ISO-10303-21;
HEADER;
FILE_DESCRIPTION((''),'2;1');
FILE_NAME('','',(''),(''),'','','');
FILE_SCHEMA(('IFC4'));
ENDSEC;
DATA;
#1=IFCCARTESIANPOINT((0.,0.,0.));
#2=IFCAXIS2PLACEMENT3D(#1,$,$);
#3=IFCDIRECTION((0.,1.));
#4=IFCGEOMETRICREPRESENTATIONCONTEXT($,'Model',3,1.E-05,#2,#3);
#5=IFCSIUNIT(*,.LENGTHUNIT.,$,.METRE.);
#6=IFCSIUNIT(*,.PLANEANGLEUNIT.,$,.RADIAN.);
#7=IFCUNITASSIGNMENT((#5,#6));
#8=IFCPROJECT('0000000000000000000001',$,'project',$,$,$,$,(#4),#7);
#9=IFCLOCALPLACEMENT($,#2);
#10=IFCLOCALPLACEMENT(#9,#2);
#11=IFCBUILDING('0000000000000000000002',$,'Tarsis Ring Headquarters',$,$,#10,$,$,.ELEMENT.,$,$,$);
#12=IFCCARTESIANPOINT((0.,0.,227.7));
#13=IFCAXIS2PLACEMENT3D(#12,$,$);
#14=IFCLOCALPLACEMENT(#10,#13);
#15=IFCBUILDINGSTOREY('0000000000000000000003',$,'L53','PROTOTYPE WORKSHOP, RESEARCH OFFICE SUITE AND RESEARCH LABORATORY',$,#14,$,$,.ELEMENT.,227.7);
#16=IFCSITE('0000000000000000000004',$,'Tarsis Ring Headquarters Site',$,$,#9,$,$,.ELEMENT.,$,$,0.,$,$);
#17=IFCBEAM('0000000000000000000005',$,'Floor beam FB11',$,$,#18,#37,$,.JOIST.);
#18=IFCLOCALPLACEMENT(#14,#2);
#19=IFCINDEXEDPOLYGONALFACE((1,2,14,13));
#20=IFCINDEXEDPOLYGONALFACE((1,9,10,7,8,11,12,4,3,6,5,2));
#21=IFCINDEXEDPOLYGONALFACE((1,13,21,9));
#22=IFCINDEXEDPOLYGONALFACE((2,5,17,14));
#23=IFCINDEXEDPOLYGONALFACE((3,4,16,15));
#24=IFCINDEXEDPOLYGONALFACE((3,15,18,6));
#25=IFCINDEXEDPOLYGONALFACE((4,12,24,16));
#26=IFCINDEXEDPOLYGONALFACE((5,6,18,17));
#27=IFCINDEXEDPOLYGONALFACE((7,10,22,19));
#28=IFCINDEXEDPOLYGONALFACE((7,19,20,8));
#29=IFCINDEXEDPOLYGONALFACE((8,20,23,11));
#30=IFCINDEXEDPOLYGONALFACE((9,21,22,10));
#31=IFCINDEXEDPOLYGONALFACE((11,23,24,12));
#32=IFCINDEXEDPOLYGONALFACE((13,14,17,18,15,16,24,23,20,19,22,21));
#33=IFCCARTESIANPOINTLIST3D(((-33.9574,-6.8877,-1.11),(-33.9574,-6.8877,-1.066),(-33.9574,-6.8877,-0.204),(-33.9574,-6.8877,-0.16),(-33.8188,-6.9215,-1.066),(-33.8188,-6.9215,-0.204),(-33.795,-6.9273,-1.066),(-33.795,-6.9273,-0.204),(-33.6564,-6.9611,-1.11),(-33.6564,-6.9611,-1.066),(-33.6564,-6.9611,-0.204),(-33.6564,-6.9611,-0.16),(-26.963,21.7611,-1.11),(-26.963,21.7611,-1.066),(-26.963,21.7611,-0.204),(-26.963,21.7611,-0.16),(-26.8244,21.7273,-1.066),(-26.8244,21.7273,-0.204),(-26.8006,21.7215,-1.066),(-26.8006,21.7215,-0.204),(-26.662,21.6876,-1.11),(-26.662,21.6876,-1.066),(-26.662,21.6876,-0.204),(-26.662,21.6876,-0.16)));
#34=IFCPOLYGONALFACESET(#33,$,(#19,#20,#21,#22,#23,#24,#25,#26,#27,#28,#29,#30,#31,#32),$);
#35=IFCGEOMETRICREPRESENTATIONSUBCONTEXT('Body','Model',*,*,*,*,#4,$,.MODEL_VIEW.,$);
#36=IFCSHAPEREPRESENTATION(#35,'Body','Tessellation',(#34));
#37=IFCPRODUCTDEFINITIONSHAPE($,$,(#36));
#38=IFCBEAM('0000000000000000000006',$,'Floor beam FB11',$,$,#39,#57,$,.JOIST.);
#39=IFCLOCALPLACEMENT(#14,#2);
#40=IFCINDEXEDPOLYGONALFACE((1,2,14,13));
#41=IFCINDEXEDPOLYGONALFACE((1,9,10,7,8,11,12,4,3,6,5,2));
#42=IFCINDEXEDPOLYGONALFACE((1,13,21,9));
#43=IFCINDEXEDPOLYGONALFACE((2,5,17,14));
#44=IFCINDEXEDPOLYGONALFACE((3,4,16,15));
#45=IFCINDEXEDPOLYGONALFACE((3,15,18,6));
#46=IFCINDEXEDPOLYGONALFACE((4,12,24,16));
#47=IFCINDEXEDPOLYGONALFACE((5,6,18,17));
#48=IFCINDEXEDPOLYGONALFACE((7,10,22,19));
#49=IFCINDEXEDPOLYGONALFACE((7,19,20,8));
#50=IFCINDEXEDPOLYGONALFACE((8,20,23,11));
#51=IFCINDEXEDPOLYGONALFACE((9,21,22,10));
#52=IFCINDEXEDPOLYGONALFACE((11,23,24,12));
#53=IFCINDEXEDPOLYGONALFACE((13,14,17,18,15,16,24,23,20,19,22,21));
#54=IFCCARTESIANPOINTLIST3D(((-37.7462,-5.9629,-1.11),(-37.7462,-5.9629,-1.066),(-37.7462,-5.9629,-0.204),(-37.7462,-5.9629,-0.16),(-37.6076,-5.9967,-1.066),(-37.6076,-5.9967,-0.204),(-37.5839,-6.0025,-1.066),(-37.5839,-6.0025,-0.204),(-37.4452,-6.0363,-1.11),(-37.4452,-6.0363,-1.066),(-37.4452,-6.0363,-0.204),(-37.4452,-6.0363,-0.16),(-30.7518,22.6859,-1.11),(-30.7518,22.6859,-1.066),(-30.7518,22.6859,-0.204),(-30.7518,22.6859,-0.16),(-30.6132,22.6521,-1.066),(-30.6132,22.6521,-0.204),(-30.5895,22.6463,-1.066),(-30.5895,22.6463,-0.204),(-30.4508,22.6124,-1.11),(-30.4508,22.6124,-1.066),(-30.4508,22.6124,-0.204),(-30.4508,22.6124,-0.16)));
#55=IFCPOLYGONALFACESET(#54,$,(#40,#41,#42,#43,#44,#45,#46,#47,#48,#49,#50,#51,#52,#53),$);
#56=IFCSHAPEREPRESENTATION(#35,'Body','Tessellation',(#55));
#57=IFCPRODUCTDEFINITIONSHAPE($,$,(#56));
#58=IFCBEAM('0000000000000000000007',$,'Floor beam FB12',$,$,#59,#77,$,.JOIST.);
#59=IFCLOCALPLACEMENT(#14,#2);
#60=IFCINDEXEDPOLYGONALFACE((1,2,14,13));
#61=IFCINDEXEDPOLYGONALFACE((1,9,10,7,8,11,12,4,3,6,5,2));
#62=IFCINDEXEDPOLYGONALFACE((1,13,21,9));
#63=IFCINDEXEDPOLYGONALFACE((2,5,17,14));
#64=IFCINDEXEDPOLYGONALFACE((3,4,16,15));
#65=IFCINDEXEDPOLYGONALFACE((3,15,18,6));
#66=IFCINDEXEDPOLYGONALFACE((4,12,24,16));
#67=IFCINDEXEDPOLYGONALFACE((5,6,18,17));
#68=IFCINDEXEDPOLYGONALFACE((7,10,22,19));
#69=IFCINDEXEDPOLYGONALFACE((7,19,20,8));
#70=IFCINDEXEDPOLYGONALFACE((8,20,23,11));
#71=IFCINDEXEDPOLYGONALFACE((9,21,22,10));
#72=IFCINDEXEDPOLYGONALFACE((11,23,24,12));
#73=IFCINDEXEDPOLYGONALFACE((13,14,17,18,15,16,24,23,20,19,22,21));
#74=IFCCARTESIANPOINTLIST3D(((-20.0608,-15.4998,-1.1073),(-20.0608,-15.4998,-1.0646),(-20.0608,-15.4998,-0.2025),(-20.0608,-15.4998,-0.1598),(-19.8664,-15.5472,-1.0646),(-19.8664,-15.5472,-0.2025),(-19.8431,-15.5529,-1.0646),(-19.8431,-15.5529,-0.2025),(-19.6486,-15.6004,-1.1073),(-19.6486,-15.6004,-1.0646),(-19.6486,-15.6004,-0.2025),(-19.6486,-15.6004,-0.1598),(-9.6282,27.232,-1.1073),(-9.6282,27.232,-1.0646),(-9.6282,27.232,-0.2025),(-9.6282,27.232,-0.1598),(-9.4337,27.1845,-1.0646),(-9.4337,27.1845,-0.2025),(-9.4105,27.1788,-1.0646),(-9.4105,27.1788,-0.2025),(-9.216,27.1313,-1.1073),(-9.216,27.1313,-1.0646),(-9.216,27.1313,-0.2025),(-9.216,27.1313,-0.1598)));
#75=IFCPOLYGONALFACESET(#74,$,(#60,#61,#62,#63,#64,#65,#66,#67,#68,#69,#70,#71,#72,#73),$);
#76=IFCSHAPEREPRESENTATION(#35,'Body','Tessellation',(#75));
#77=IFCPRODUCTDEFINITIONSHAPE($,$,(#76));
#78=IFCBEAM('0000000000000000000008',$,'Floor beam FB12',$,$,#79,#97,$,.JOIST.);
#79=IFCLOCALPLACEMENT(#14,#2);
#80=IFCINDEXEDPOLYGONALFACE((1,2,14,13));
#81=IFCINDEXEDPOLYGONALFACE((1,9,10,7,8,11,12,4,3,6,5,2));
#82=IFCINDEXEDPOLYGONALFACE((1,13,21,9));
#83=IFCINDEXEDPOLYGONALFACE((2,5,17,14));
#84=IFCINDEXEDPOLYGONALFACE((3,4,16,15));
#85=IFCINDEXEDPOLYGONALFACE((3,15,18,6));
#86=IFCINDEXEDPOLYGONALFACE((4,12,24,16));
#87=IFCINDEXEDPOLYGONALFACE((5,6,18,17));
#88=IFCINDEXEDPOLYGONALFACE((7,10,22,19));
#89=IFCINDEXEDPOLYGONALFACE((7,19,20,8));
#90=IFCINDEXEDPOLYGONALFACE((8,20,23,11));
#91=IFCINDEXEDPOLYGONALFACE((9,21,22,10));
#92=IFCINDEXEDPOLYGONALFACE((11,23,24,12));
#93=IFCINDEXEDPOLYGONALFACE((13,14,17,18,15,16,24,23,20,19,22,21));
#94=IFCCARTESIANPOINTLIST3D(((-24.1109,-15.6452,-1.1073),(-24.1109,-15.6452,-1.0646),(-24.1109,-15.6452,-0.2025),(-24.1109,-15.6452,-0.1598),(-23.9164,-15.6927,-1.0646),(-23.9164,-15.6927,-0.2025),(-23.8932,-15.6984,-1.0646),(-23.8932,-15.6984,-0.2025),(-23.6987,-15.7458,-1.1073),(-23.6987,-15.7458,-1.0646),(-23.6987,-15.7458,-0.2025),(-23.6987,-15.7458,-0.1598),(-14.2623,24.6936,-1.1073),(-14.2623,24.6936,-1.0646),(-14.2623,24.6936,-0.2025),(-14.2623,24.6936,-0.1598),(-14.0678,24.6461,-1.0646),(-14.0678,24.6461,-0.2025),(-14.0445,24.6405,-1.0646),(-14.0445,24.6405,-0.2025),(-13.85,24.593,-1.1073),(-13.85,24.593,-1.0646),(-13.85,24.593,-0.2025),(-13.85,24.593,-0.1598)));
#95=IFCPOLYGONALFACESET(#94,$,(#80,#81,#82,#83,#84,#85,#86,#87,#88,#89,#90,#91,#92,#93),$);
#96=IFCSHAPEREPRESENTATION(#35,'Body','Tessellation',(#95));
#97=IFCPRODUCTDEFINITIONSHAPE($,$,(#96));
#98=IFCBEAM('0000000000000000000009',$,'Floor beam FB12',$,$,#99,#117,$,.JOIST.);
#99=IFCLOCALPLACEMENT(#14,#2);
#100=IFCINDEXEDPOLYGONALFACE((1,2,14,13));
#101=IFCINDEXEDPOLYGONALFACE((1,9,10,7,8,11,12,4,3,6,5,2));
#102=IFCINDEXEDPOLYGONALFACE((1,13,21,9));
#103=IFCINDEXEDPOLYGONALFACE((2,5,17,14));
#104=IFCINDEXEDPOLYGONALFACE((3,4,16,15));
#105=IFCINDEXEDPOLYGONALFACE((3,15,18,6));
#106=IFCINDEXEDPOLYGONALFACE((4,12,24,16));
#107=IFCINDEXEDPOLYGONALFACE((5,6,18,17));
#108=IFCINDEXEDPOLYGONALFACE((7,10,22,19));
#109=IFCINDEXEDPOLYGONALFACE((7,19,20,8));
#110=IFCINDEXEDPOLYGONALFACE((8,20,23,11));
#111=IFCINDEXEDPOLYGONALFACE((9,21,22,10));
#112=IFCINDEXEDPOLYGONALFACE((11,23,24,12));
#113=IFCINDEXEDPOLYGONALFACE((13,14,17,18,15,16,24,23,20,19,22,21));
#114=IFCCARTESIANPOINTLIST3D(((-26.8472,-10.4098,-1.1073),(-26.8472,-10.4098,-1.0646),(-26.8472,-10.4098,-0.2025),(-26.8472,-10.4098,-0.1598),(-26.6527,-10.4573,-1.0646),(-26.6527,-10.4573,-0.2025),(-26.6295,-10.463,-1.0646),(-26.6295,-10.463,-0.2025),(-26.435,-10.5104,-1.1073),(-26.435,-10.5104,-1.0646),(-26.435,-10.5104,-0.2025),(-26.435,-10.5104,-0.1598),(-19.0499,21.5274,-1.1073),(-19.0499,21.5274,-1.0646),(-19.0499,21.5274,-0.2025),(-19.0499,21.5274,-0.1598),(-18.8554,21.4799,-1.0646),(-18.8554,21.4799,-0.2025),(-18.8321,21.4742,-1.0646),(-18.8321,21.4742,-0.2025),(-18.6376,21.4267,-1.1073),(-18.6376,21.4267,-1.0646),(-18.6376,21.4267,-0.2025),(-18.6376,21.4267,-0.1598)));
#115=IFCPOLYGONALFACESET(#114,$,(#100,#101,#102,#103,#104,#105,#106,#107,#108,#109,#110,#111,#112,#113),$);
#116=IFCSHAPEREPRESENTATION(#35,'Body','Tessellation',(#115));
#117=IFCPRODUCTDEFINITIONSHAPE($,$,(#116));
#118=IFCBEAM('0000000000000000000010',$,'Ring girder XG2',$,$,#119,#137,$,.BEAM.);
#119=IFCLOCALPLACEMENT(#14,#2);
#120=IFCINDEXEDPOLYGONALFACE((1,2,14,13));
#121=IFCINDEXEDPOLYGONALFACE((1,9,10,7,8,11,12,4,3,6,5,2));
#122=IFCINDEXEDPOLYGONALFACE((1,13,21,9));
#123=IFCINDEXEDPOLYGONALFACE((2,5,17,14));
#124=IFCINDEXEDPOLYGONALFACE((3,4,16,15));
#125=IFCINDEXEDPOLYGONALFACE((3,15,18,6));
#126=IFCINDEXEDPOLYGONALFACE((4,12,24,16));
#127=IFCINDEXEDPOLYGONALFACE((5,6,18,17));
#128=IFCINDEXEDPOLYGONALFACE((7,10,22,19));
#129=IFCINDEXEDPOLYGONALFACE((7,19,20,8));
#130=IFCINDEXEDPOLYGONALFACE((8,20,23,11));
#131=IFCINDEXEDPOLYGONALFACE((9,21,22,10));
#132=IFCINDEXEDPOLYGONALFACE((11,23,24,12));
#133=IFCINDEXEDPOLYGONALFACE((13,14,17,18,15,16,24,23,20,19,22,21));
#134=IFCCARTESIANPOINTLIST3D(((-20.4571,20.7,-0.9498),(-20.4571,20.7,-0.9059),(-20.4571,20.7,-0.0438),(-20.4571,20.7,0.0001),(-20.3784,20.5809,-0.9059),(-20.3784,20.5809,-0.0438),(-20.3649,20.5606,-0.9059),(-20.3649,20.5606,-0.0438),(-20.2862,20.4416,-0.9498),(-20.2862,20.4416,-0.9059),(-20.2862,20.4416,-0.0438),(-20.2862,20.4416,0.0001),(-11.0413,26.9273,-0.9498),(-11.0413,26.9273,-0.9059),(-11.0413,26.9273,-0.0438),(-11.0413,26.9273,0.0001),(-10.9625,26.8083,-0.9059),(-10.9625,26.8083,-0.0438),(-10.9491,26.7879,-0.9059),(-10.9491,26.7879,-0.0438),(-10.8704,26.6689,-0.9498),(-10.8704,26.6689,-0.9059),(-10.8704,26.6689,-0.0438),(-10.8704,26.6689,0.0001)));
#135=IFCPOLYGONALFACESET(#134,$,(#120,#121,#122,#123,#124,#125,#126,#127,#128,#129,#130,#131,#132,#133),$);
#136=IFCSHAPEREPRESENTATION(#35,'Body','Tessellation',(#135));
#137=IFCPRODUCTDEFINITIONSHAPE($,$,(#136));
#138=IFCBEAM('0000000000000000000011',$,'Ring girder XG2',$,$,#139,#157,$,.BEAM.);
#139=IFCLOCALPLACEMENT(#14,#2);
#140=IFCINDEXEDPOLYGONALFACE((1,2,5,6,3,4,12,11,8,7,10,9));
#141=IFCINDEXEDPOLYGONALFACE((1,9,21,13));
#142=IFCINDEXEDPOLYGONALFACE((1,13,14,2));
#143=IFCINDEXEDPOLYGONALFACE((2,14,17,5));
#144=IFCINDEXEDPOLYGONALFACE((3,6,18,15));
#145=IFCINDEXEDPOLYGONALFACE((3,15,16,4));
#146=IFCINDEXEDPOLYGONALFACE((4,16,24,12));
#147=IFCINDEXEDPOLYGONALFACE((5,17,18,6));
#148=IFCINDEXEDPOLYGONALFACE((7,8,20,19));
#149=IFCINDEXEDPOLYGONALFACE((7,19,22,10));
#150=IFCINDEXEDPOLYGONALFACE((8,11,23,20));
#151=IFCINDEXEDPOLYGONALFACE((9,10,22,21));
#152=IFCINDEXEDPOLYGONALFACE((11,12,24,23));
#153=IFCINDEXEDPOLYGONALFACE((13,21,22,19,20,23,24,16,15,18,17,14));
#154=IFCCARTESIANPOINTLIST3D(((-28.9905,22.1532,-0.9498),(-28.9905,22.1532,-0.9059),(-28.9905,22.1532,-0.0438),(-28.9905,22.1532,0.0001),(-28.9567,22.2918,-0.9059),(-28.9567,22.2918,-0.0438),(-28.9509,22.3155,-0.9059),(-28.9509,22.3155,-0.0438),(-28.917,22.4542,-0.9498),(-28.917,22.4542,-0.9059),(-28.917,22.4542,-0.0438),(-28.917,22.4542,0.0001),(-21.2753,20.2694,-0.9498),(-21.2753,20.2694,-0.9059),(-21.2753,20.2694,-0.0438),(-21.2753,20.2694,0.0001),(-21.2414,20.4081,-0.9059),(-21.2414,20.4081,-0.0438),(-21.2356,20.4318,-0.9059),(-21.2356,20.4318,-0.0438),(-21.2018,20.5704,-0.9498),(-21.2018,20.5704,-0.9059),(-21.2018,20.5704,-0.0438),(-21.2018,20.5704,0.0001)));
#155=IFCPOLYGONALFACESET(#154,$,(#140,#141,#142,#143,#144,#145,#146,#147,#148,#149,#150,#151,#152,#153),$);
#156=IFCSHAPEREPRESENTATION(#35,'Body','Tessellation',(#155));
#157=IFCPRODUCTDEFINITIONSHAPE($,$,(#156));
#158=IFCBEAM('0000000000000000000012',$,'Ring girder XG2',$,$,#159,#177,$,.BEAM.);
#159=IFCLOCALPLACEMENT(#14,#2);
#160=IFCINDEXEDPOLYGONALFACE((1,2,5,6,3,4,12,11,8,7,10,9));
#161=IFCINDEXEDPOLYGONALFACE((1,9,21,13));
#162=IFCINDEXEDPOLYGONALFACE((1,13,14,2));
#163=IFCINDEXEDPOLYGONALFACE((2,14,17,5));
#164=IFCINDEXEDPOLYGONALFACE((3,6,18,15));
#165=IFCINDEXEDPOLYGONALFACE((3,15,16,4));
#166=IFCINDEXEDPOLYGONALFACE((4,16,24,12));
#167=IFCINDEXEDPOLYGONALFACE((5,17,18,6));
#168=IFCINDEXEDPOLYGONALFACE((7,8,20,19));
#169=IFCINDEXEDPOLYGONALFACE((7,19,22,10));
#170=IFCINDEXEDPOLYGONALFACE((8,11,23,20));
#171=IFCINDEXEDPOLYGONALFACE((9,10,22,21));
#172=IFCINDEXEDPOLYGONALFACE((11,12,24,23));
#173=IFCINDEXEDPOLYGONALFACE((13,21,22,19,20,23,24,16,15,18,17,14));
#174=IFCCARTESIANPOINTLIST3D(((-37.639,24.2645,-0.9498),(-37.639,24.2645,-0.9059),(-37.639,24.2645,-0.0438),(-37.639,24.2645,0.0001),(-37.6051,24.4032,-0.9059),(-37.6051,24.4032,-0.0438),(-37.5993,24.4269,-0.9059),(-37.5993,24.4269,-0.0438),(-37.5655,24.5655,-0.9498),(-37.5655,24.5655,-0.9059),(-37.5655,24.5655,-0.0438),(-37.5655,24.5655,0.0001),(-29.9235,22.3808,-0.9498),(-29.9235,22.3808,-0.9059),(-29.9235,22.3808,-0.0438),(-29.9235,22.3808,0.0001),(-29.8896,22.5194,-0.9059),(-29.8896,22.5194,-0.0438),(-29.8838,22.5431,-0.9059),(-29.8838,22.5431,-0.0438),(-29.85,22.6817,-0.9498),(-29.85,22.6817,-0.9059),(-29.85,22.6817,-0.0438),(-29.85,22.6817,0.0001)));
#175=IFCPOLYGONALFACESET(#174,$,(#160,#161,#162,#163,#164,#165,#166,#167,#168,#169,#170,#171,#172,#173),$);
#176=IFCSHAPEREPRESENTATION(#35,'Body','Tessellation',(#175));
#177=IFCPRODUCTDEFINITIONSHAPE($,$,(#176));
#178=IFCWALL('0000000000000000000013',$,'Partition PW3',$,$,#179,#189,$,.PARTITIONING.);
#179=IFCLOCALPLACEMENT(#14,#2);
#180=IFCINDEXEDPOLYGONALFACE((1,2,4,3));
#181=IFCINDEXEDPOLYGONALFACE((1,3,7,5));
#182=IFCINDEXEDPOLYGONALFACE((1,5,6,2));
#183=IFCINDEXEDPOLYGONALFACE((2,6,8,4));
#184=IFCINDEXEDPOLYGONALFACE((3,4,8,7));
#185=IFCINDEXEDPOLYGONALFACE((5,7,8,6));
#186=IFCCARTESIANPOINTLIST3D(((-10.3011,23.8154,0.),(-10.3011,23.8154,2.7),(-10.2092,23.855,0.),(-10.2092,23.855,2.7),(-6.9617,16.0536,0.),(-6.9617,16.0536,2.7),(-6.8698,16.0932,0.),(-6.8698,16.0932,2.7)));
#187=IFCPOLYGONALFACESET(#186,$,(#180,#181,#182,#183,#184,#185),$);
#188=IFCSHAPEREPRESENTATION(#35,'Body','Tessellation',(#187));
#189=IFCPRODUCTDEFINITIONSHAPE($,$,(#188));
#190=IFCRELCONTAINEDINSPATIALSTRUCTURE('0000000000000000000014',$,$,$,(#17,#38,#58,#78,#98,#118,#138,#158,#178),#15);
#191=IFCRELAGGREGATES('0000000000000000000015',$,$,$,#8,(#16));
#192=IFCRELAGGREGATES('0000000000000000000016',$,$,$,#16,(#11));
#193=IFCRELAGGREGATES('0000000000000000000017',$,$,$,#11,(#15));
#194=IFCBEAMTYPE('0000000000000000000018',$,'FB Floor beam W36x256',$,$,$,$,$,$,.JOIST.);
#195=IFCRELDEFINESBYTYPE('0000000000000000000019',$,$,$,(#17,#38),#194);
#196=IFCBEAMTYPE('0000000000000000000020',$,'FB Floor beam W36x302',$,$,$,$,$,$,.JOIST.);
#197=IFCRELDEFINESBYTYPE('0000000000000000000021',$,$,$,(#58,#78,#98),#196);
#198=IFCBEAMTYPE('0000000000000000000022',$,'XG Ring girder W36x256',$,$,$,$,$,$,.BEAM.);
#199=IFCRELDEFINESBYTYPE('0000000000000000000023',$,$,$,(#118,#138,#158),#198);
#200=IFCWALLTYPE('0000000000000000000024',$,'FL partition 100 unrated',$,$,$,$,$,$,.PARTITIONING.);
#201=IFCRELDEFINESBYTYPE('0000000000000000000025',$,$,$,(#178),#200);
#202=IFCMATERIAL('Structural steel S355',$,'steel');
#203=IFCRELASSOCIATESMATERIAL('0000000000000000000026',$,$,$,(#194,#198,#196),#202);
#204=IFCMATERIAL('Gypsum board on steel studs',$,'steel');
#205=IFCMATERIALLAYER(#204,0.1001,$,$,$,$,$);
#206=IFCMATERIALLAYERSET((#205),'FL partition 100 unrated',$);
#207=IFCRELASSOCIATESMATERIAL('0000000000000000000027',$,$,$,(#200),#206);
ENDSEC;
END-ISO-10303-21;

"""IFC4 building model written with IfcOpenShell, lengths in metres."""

from ifc_helpers import new_model, si_unit, direction, frame, frame_2d, origin, origin_2d, place, context, subcontext, project, spatial, rectangle, i_section, extrude, material, layer, layer_set, material_profile, profile_set, type_object, element, save


model = new_model("IFC4")

# Units and contexts
model_context = context("Model", 3, precision=1e-05, world=origin(), true_north=direction((0.0, 1.0)))
body_context = subcontext(model_context, "Body", "Model", "MODEL_VIEW")
ifc_project = project(units=[si_unit("LENGTHUNIT", "METRE"), si_unit("PLANEANGLEUNIT", "RADIAN")], contexts=[model_context])

# Site, building, storey
site_placement = place(None, origin())
site = spatial("IfcSite", under=ifc_project, at=site_placement, Name="Tarsis Ring Headquarters Site", CompositionType="ELEMENT", RefElevation=0.0)
building_placement = place(site_placement, origin())
building = spatial("IfcBuilding", under=site, at=building_placement, Name="Tarsis Ring Headquarters", CompositionType="ELEMENT")
storey_placement = place(building_placement, frame((0.0, 0.0, 227.7)))
storey = spatial("IfcBuildingStorey", under=building, at=storey_placement, Name="L53", Description="PROTOTYPE WORKSHOP, RESEARCH OFFICE SUITE AND RESEARCH LABORATORY", CompositionType="ELEMENT", Elevation=227.7)

# Shared definitions
ifc_material_1 = material(Name="Structural steel S355", Category="steel")

# Beams
ifc_material_profile_1 = material_profile(ifc_material_1, i_section(OverallWidth=0.3098, OverallDepth=0.95, WebThickness=0.0244, FlangeThickness=0.0439, at=origin_2d()), Name="W36x256")
ifc_profile_set_1 = profile_set([ifc_material_profile_1], Name="Structural steel S355")
beam_type_1 = type_object("IfcBeamType", Name="FB Floor beam W36x256", PredefinedType="JOIST", material=ifc_profile_set_1)
for number, where, z_axis, x_axis, name in (
    (1, (-26.8125, 21.7244, -0.635), (-0.237177, -0.971466, 0.0), (0.971466, -0.237177, 0.0), "Floor beam FB11"),
    (2, (-30.6013, 22.6492, -0.635), (-0.237177, -0.971466, 0.0), (0.971466, -0.237177, 0.0), "Floor beam FB11"),
):
    element("IfcBeam", number, at=place(storey_placement, frame(where, z_axis=z_axis, x_axis=x_axis)), inside=storey, type_object=beam_type_1, Name=name, PredefinedType="JOIST", context=body_context, shape_type="SweptSolid", body=[
        extrude(i_section(OverallWidth=0.3098, OverallDepth=0.95, WebThickness=0.0244, FlangeThickness=0.0439, at=origin_2d()), origin(), (0.0, 0.0, 1.0), 29.4902),
    ])
ifc_material_profile_2 = material_profile(ifc_material_1, i_section(OverallWidth=0.4243, OverallDepth=0.9475, WebThickness=0.0239, FlangeThickness=0.0427, at=origin_2d()), Name="W36x302")
ifc_profile_set_2 = profile_set([ifc_material_profile_2], Name="Structural steel S355")
beam_type_2 = type_object("IfcBeamType", Name="FB Floor beam W36x302", PredefinedType="JOIST", material=ifc_profile_set_2)
beam_1_placement = place(storey_placement, frame((-9.4221, 27.1816, -0.6335), z_axis=(-0.237176, -0.971467, 0.0), x_axis=(0.971467, -0.237176, 0.0)))
element("IfcBeam", 3, at=beam_1_placement, inside=storey, type_object=beam_type_2, Name="Floor beam FB12", PredefinedType="JOIST", context=body_context, shape_type="SweptSolid", body=[
    extrude(i_section(OverallWidth=0.4243, OverallDepth=0.9475, WebThickness=0.0239, FlangeThickness=0.0427, at=origin_2d()), origin(), (0.0, 0.0, 1.0), 43.9868),
])
beam_2_placement = place(storey_placement, frame((-14.0562, 24.6433, -0.6335), z_axis=(-0.237181, -0.971466, 0.0), x_axis=(0.971466, -0.237181, 0.0)))
element("IfcBeam", 4, at=beam_2_placement, inside=storey, type_object=beam_type_2, Name="Floor beam FB12", PredefinedType="JOIST", context=body_context, shape_type="SweptSolid", body=[
    extrude(i_section(OverallWidth=0.4243, OverallDepth=0.9475, WebThickness=0.0239, FlangeThickness=0.0427, at=origin_2d()), origin(), (0.0, 0.0, 1.0), 41.5237),
])
beam_3_placement = place(storey_placement, frame((-18.8438, 21.4771, -0.6335), z_axis=(-0.23718, -0.971466, 0.0), x_axis=(0.971466, -0.23718, 0.0)))
element("IfcBeam", 5, at=beam_3_placement, inside=storey, type_object=beam_type_2, Name="Floor beam FB12", PredefinedType="JOIST", context=body_context, shape_type="SweptSolid", body=[
    extrude(i_section(OverallWidth=0.4243, OverallDepth=0.9475, WebThickness=0.0239, FlangeThickness=0.0427, at=origin_2d()), origin(), (0.0, 0.0, 1.0), 32.8752),
])
beam_type_3 = type_object("IfcBeamType", Name="XG Ring girder W36x256", PredefinedType="BEAM", material=ifc_profile_set_1)
beam_4_placement = place(storey_placement, frame((-10.9558, 26.7981, -0.4749), z_axis=(-0.834084, -0.551637, 0.0), x_axis=(0.551637, -0.834084, 0.0)))
element("IfcBeam", 6, at=beam_4_placement, inside=storey, type_object=beam_type_3, Name="Ring girder XG2", PredefinedType="BEAM", context=body_context, shape_type="SweptSolid", body=[
    extrude(i_section(OverallWidth=0.3098, OverallDepth=0.95, WebThickness=0.0244, FlangeThickness=0.0439, at=origin_2d()), origin(), (0.0, 0.0, 1.0), 11.2888),
])
beam_5_placement = place(storey_placement, frame((-21.2385, 20.4199, -0.4749), z_axis=(-0.971462, 0.237194, 0.0), x_axis=(-0.237194, -0.971462, 0.0)))
element("IfcBeam", 7, at=beam_5_placement, inside=storey, type_object=beam_type_3, Name="Ring girder XG2", PredefinedType="BEAM", context=body_context, shape_type="SweptSolid", body=[
    extrude(i_section(OverallWidth=0.3098, OverallDepth=0.95, WebThickness=0.0244, FlangeThickness=0.0439, at=origin_2d()), origin(), (0.0, 0.0, 1.0), 7.9419),
])
beam_6_placement = place(storey_placement, frame((-29.8867, 22.5312, -0.4749), z_axis=(-0.971464, 0.237187, 0.0), x_axis=(-0.237187, -0.971464, 0.0)))
element("IfcBeam", 8, at=beam_6_placement, inside=storey, type_object=beam_type_3, Name="Ring girder XG2", PredefinedType="BEAM", context=body_context, shape_type="SweptSolid", body=[
    extrude(i_section(OverallWidth=0.3098, OverallDepth=0.95, WebThickness=0.0244, FlangeThickness=0.0439, at=origin_2d()), origin(), (0.0, 0.0, 1.0), 7.9421),
])

# Wall
ifc_material_2 = material(Name="Gypsum board on steel studs", Category="steel")
ifc_layer_1 = layer(ifc_material_2, 0.1001)
ifc_layer_set_1 = layer_set([ifc_layer_1], Name="FL partition 100 unrated")
wall_type_1 = type_object("IfcWallType", Name="FL partition 100 unrated", PredefinedType="PARTITIONING", material=ifc_layer_set_1)
wall_1_placement = place(storey_placement, frame((-10.2551, 23.8352, 0.0), z_axis=(0.0, 0.0, 1.0), x_axis=(0.395209, -0.918591, 0.0)))
element("IfcWall", 9, at=wall_1_placement, inside=storey, type_object=wall_type_1, Name="Partition PW3", PredefinedType="PARTITIONING", context=body_context, shape_type="SweptSolid", body=[
    extrude(rectangle(XDim=8.4497, YDim=0.1001, at=frame_2d((4.2249, 0.0))), origin(), (0.0, 0.0, 1.0), 2.7),
])

save(model, "model.ifc")
